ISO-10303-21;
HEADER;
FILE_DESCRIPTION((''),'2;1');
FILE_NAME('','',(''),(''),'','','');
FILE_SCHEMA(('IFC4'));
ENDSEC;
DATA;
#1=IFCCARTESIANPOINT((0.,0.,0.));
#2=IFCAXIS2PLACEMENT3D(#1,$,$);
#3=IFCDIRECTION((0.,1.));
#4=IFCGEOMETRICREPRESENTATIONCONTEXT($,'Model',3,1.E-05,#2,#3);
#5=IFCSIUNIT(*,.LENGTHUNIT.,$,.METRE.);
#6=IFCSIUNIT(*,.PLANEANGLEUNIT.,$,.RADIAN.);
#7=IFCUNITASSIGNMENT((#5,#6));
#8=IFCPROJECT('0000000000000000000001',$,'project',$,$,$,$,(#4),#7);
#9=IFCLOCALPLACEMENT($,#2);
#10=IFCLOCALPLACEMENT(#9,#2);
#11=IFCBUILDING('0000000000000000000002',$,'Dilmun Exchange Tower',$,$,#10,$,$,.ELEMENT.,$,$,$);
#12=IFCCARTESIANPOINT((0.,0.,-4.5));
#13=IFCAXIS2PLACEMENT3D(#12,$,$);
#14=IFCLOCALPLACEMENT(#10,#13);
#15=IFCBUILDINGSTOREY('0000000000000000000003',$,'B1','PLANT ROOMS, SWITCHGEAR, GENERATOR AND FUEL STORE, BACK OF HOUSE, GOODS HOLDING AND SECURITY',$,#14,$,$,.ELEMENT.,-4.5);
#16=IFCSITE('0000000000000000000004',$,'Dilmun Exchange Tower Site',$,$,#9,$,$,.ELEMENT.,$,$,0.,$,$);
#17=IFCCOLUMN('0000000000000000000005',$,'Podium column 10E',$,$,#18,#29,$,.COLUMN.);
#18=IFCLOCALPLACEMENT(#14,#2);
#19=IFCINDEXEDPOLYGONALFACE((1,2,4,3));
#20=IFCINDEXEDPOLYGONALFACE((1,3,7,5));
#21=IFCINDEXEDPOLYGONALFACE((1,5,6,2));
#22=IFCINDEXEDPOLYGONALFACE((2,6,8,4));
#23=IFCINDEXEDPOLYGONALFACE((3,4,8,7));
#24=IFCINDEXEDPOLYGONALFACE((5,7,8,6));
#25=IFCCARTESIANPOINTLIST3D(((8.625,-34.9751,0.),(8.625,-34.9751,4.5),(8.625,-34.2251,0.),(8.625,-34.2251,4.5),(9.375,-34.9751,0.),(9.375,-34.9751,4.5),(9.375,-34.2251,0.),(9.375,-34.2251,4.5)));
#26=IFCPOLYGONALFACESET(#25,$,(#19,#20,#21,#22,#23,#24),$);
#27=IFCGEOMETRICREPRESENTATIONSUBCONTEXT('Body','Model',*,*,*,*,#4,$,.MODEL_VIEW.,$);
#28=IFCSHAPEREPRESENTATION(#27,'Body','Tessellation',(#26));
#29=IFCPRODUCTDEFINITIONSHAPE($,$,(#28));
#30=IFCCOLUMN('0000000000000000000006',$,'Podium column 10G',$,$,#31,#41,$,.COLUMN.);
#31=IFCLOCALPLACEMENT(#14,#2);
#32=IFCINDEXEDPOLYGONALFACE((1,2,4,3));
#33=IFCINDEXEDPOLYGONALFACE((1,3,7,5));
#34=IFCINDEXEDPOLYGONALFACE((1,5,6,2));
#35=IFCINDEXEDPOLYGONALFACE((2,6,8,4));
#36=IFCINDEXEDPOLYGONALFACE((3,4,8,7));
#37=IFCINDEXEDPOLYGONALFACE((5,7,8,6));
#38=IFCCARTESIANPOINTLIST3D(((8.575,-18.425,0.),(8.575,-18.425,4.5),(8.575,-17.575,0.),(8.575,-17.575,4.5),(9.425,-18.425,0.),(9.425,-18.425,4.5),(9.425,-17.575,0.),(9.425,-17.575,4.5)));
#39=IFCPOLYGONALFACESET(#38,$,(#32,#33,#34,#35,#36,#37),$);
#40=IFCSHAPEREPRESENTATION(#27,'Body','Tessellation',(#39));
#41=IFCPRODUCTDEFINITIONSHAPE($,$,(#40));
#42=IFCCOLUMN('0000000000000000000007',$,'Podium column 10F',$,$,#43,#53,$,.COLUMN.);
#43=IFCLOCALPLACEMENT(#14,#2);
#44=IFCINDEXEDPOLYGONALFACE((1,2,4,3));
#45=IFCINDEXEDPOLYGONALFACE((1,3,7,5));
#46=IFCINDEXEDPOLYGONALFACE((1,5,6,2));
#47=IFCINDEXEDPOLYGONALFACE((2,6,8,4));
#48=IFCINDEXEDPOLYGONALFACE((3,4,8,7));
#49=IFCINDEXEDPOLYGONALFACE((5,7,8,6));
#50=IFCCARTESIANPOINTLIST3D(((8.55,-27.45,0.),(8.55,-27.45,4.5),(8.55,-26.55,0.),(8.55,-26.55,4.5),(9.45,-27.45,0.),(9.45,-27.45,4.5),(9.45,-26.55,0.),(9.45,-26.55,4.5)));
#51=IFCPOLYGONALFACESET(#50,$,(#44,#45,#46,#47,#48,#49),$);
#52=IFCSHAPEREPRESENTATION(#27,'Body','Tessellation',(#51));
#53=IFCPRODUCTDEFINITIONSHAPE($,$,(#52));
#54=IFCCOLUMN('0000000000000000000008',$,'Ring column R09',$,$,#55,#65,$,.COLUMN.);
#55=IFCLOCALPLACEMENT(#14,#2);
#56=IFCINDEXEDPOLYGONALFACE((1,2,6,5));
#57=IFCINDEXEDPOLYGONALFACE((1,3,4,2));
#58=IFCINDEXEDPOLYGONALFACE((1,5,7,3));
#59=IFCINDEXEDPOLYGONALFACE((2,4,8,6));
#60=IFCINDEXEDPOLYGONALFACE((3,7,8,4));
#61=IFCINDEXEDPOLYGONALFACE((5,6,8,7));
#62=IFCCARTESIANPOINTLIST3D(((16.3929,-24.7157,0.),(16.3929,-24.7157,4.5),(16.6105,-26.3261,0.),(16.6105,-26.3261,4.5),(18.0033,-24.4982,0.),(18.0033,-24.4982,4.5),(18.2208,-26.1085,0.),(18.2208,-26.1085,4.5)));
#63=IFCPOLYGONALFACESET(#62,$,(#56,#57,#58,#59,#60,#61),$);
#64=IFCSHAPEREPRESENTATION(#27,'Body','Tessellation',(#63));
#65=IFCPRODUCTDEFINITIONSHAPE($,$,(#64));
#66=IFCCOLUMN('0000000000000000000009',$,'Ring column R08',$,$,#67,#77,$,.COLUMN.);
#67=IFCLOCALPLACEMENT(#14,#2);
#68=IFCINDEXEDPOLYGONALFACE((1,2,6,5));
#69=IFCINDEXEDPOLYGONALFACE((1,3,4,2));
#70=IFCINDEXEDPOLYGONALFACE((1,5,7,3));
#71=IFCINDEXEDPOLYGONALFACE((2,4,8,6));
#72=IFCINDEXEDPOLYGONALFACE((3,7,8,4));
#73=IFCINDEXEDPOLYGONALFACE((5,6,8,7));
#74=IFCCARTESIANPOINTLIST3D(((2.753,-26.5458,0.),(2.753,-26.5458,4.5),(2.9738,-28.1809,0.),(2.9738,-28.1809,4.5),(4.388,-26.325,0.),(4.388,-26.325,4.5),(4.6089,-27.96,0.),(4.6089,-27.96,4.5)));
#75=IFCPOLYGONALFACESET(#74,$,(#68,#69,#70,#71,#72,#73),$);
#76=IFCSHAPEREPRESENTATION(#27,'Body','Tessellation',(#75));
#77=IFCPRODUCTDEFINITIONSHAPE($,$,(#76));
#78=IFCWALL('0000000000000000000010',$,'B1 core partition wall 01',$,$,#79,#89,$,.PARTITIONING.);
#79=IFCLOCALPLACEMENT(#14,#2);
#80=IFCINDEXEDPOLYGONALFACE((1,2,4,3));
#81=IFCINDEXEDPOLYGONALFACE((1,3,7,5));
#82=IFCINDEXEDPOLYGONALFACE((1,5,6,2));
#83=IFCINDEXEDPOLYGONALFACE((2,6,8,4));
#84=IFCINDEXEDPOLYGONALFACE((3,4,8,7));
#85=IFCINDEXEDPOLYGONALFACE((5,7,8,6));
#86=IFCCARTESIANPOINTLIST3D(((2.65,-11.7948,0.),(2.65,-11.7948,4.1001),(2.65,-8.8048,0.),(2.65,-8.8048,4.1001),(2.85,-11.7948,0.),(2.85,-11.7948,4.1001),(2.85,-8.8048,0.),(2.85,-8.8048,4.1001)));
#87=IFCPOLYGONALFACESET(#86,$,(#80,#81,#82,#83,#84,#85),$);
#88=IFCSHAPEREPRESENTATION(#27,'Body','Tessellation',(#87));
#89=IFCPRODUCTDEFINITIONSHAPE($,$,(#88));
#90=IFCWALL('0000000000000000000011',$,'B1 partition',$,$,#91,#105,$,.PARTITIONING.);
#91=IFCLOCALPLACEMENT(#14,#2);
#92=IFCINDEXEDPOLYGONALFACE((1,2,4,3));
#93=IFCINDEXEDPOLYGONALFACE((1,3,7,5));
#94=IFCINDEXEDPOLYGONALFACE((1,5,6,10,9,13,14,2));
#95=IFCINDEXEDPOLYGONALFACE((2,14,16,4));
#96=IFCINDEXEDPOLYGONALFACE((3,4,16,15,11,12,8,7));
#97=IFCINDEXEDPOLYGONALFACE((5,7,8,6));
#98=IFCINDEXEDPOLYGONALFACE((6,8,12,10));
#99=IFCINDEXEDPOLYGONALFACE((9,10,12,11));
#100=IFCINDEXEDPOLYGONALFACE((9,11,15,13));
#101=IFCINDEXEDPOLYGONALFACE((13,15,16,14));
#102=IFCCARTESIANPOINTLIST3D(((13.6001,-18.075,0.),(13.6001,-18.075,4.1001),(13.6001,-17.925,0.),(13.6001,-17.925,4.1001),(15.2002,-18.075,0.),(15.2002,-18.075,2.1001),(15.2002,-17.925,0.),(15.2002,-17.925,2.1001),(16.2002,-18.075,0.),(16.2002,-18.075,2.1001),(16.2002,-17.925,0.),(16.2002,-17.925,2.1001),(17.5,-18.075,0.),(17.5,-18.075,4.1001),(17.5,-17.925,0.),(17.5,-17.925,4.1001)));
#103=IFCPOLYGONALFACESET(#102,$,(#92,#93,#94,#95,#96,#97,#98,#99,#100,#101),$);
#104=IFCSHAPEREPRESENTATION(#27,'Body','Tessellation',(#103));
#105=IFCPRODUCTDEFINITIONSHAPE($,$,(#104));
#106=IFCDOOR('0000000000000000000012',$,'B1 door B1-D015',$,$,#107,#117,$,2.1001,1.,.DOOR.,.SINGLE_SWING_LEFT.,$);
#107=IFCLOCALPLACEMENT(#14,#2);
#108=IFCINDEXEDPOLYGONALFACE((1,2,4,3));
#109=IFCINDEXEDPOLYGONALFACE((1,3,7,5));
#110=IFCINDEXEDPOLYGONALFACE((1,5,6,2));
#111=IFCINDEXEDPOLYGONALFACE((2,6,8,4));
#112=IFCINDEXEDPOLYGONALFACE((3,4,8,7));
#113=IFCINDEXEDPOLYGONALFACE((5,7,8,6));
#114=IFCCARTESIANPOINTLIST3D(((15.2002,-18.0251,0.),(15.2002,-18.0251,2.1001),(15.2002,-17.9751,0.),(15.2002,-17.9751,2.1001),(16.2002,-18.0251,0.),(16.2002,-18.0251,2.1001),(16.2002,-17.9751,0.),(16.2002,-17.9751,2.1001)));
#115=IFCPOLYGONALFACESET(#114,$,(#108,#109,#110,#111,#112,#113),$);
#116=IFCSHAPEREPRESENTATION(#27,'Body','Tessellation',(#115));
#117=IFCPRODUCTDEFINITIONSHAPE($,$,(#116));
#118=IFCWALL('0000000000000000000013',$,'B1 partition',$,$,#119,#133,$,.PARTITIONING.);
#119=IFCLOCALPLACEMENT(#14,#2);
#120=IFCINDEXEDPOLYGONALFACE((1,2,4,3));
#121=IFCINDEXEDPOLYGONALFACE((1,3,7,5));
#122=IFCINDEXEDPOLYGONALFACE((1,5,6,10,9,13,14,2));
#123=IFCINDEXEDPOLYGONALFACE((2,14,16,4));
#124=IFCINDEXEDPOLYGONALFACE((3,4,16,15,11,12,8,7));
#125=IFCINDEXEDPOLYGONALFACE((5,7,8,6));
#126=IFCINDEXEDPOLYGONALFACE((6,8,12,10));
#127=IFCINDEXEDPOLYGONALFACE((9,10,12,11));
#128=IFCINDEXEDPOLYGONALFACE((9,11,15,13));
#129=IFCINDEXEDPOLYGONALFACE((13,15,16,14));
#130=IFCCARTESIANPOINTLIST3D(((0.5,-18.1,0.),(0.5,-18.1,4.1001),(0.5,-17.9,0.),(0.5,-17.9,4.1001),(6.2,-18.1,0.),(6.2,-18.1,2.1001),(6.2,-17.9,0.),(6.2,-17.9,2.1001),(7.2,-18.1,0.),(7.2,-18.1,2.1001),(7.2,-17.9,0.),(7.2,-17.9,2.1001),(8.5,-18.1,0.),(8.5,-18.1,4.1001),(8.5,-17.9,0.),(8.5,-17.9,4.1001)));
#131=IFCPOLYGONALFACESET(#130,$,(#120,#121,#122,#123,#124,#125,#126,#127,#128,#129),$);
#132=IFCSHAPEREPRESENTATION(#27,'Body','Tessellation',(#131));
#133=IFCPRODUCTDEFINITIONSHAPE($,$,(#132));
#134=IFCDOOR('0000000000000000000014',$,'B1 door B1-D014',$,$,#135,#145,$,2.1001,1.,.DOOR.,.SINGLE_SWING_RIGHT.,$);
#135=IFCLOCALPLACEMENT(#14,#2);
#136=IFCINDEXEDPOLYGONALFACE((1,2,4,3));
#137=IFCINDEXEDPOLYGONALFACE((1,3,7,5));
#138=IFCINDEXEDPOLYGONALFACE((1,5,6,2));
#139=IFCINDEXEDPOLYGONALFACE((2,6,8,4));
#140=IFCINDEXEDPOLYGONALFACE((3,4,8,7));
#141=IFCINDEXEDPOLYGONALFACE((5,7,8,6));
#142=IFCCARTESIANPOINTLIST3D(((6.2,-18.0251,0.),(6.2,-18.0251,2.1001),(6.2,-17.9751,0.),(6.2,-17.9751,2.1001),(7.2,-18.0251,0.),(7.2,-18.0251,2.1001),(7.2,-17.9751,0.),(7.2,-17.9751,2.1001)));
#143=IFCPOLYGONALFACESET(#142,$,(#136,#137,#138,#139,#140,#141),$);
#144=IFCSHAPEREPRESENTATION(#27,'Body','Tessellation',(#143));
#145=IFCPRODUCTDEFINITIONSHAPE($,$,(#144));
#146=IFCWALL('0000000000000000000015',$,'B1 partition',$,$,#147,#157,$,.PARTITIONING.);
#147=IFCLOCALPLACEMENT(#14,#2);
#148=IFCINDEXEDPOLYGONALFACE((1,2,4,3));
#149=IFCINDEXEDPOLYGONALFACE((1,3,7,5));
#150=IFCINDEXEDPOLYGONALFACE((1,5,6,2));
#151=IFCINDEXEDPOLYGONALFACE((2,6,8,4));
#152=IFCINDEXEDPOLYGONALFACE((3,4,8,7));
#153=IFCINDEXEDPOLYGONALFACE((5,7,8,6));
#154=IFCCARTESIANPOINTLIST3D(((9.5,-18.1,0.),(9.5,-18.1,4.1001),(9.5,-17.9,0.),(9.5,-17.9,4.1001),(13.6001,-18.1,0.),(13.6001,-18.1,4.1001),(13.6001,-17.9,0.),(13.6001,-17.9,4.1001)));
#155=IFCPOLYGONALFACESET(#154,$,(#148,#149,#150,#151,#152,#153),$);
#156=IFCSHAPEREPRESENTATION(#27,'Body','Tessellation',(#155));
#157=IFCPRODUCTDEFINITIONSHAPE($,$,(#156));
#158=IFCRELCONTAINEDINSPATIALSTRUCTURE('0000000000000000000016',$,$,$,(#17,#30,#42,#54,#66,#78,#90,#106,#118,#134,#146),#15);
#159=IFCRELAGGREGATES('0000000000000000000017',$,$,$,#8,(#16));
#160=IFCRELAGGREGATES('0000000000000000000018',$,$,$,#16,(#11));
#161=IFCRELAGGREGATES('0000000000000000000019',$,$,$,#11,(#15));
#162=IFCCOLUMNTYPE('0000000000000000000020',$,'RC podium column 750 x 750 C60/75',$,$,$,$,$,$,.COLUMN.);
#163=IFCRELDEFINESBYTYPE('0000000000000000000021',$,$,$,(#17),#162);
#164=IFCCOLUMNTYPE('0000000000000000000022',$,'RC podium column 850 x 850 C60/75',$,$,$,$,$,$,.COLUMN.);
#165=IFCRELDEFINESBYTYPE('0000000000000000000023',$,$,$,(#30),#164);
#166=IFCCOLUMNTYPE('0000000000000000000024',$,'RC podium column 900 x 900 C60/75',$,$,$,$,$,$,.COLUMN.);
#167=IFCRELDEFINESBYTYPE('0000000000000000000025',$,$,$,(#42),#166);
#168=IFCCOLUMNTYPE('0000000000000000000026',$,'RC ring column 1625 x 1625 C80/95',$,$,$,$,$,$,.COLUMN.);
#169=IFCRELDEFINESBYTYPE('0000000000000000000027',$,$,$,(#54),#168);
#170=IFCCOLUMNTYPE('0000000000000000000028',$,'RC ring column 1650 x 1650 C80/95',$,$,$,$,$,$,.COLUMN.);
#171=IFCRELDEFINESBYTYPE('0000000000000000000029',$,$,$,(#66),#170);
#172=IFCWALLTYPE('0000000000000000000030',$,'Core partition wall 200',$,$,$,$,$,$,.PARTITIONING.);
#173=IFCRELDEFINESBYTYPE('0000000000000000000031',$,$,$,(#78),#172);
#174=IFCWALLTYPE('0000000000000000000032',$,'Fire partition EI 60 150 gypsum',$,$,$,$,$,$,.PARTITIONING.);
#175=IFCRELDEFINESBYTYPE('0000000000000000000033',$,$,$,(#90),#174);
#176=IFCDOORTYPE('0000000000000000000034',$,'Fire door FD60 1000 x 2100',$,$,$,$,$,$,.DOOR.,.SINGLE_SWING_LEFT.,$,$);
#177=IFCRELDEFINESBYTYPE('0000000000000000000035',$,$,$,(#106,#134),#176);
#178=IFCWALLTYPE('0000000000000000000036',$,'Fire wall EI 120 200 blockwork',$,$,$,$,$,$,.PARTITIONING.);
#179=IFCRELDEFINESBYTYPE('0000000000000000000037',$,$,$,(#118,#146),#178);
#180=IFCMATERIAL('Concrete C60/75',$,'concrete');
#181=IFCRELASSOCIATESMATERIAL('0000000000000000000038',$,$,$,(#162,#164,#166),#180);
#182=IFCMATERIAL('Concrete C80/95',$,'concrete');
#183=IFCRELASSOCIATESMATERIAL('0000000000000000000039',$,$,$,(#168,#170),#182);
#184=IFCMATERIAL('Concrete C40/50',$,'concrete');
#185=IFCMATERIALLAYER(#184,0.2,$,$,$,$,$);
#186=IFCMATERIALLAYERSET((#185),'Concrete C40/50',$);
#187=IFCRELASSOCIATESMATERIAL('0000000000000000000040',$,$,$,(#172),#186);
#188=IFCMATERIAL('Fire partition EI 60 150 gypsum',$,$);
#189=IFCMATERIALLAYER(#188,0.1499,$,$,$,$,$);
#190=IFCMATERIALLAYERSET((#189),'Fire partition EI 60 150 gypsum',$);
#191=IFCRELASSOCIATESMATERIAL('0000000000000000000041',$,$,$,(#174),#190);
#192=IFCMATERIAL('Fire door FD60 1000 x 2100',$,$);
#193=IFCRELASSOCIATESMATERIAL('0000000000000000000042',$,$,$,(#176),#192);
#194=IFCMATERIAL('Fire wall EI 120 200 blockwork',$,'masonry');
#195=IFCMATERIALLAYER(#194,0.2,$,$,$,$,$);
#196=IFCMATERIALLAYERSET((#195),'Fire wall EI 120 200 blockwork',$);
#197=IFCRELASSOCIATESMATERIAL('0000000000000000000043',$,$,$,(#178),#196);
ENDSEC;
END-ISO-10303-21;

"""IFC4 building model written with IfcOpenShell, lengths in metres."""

from ifc_helpers import new_model, si_unit, direction, frame, frame_2d, origin, origin_2d, place, context, subcontext, project, spatial, rectangle, extrude, material, layer, layer_set, material_profile, profile_set, type_object, element, fill, save


model = new_model("IFC4")

# Units and contexts
model_context = context("Model", 3, precision=1e-05, world=origin(), true_north=direction((0.0, 1.0)))
body_context = subcontext(model_context, "Body", "Model", "MODEL_VIEW")
ifc_project = project(units=[si_unit("LENGTHUNIT", "METRE"), si_unit("PLANEANGLEUNIT", "RADIAN")], contexts=[model_context])

# Site, building, storey
site_placement = place(None, origin())
site = spatial("IfcSite", under=ifc_project, at=site_placement, Name="Dilmun Exchange Tower Site", CompositionType="ELEMENT", RefElevation=0.0)
building_placement = place(site_placement, origin())
building = spatial("IfcBuilding", under=site, at=building_placement, Name="Dilmun Exchange Tower", CompositionType="ELEMENT")
storey_placement = place(building_placement, frame((0.0, 0.0, -4.5)))
storey = spatial("IfcBuildingStorey", under=building, at=storey_placement, Name="B1", Description="PLANT ROOMS, SWITCHGEAR, GENERATOR AND FUEL STORE, BACK OF HOUSE, GOODS HOLDING AND SECURITY", CompositionType="ELEMENT", Elevation=-4.5)

# Columns
ifc_material_1 = material(Name="Concrete C60/75", Category="concrete")
ifc_material_profile_1 = material_profile(ifc_material_1, rectangle(XDim=0.75, YDim=0.75, at=origin_2d()), Name="750 x 750")
ifc_profile_set_1 = profile_set([ifc_material_profile_1], Name="Concrete C60/75")
column_type_1 = type_object("IfcColumnType", Name="RC podium column 750 x 750 C60/75", PredefinedType="COLUMN", material=ifc_profile_set_1)
column_1_placement = place(storey_placement, frame((9.0, -34.6001, 0.0), z_axis=(0.0, 0.0, 1.0), x_axis=(1.0, 0.0, 0.0)))
element("IfcColumn", 1, at=column_1_placement, inside=storey, type_object=column_type_1, Name="Podium column 10E", PredefinedType="COLUMN", context=body_context, shape_type="SweptSolid", body=[
    extrude(rectangle(XDim=0.75, YDim=0.75, at=origin_2d()), origin(), (0.0, 0.0, 1.0), 4.5),
])
ifc_material_profile_2 = material_profile(ifc_material_1, rectangle(XDim=0.8501, YDim=0.8501, at=origin_2d()), Name="850 x 850")
ifc_profile_set_2 = profile_set([ifc_material_profile_2], Name="Concrete C60/75")
column_type_2 = type_object("IfcColumnType", Name="RC podium column 850 x 850 C60/75", PredefinedType="COLUMN", material=ifc_profile_set_2)
column_2_placement = place(storey_placement, frame((9.0, -18.0, 0.0), z_axis=(0.0, 0.0, 1.0), x_axis=(1.0, 0.0, 0.0)))
element("IfcColumn", 2, at=column_2_placement, inside=storey, type_object=column_type_2, Name="Podium column 10G", PredefinedType="COLUMN", context=body_context, shape_type="SweptSolid", body=[
    extrude(rectangle(XDim=0.8501, YDim=0.8501, at=origin_2d()), origin(), (0.0, 0.0, 1.0), 4.5),
])
ifc_material_profile_3 = material_profile(ifc_material_1, rectangle(XDim=0.8999, YDim=0.8999, at=origin_2d()), Name="900 x 900")
ifc_profile_set_3 = profile_set([ifc_material_profile_3], Name="Concrete C60/75")
column_type_3 = type_object("IfcColumnType", Name="RC podium column 900 x 900 C60/75", PredefinedType="COLUMN", material=ifc_profile_set_3)
column_3_placement = place(storey_placement, frame((9.0, -27.0, 0.0), z_axis=(0.0, 0.0, 1.0), x_axis=(1.0, 0.0, 0.0)))
element("IfcColumn", 3, at=column_3_placement, inside=storey, type_object=column_type_3, Name="Podium column 10F", PredefinedType="COLUMN", context=body_context, shape_type="SweptSolid", body=[
    extrude(rectangle(XDim=0.8999, YDim=0.8999, at=origin_2d()), origin(), (0.0, 0.0, 1.0), 4.5),
])
ifc_material_2 = material(Name="Concrete C80/95", Category="concrete")
ifc_material_profile_4 = material_profile(ifc_material_2, rectangle(XDim=1.625, YDim=1.625, at=origin_2d()), Name="1625 x 1625")
ifc_profile_set_4 = profile_set([ifc_material_profile_4], Name="Concrete C80/95")
column_type_4 = type_object("IfcColumnType", Name="RC ring column 1625 x 1625 C80/95", PredefinedType="COLUMN", material=ifc_profile_set_4)
column_4_placement = place(storey_placement, frame((17.3069, -25.4121, 0.0), z_axis=(0.0, 0.0, 1.0), x_axis=(0.991001, 0.133853, 0.0)))
element("IfcColumn", 4, at=column_4_placement, inside=storey, type_object=column_type_4, Name="Ring column R09", PredefinedType="COLUMN", context=body_context, shape_type="SweptSolid", body=[
    extrude(rectangle(XDim=1.625, YDim=1.625, at=origin_2d()), origin(), (0.0, 0.0, 1.0), 4.5),
])
ifc_material_profile_5 = material_profile(ifc_material_2, rectangle(XDim=1.6499, YDim=1.6499, at=origin_2d()), Name="1650 x 1650")
ifc_profile_set_5 = profile_set([ifc_material_profile_5], Name="Concrete C80/95")
column_type_5 = type_object("IfcColumnType", Name="RC ring column 1650 x 1650 C80/95", PredefinedType="COLUMN", material=ifc_profile_set_5)
column_5_placement = place(storey_placement, frame((3.6809, -27.2529, 0.0), z_axis=(0.0, 0.0, 1.0), x_axis=(0.991001, 0.133853, 0.0)))
element("IfcColumn", 5, at=column_5_placement, inside=storey, type_object=column_type_5, Name="Ring column R08", PredefinedType="COLUMN", context=body_context, shape_type="SweptSolid", body=[
    extrude(rectangle(XDim=1.6499, YDim=1.6499, at=origin_2d()), origin(), (0.0, 0.0, 1.0), 4.5),
])

# Wall
ifc_material_3 = material(Name="Concrete C40/50", Category="concrete")
ifc_layer_1 = layer(ifc_material_3, 0.2)
ifc_layer_set_1 = layer_set([ifc_layer_1], Name="Concrete C40/50")
wall_type_1 = type_object("IfcWallType", Name="Core partition wall 200", PredefinedType="PARTITIONING", material=ifc_layer_set_1)
wall_1_placement = place(storey_placement, frame((2.75, -11.7949, 0.0), z_axis=(0.0, 0.0, 1.0), x_axis=(0.0, 1.0, 0.0)))
element("IfcWall", 6, at=wall_1_placement, inside=storey, type_object=wall_type_1, Name="B1 core partition wall 01", PredefinedType="PARTITIONING", context=body_context, shape_type="SweptSolid", body=[
    extrude(rectangle(XDim=2.99, YDim=0.2, at=frame_2d((1.4951, 0.0))), origin(), (0.0, 0.0, 1.0), 4.1001),
])

# Walls, openings, doors
ifc_material_4 = material(Name="Fire partition EI 60 150 gypsum")
ifc_layer_2 = layer(ifc_material_4, 0.1499)
ifc_layer_set_2 = layer_set([ifc_layer_2], Name="Fire partition EI 60 150 gypsum")
wall_type_2 = type_object("IfcWallType", Name="Fire partition EI 60 150 gypsum", PredefinedType="PARTITIONING", material=ifc_layer_set_2)
wall_2_placement = place(storey_placement, frame((13.6001, -18.0, 0.0), z_axis=(0.0, 0.0, 1.0), x_axis=(1.0, 0.0, 0.0)))
wall_2 = element("IfcWall", 7, at=wall_2_placement, inside=storey, type_object=wall_type_2, Name="B1 partition", PredefinedType="PARTITIONING", context=body_context, shape_type="SweptSolid", body=[
    extrude(rectangle(XDim=3.8999, YDim=0.1499, at=frame_2d((1.95, 0.0))), origin(), (0.0, 0.0, 1.0), 4.1001),
])
opening_1_placement = place(wall_2_placement, frame((1.6001, 0.0, 0.0)))
opening_1 = element("IfcOpeningElement", 8, at=opening_1_placement, cuts=wall_2, PredefinedType="OPENING", context=body_context, shape_type="SweptSolid", body=[
    extrude(rectangle(XDim=1.0, YDim=2.1001, at=frame_2d((0.5, 1.05))), frame((0.0, 0.085, 0.0), z_axis=(0.0, -1.0, 0.0), x_axis=(1.0, 0.0, 0.0)), (0.0, 0.0, 1.0), 0.1699),
])
ifc_material_5 = material(Name="Fire door FD60 1000 x 2100")
door_type_1 = type_object("IfcDoorType", Name="Fire door FD60 1000 x 2100", OperationType="SINGLE_SWING_LEFT", PredefinedType="DOOR", material=ifc_material_5)
door_1_placement = place(opening_1_placement, origin())
door_1 = element("IfcDoor", 9, at=door_1_placement, inside=storey, type_object=door_type_1, Name="B1 door B1-D015", OperationType="SINGLE_SWING_LEFT", OverallHeight=2.1001, OverallWidth=1.0, PredefinedType="DOOR", context=body_context, shape_type="SweptSolid", body=[
    extrude(rectangle(XDim=1.0, YDim=2.1001, at=frame_2d((0.5, 1.05))), frame((0.0, 0.0249, 0.0), z_axis=(0.0, -1.0, 0.0), x_axis=(1.0, 0.0, 0.0)), (0.0, 0.0, 1.0), 0.05),
])
fill(opening_1, door_1)
ifc_material_6 = material(Name="Fire wall EI 120 200 blockwork", Category="masonry")
ifc_layer_3 = layer(ifc_material_6, 0.2)
ifc_layer_set_3 = layer_set([ifc_layer_3], Name="Fire wall EI 120 200 blockwork")
wall_type_3 = type_object("IfcWallType", Name="Fire wall EI 120 200 blockwork", PredefinedType="PARTITIONING", material=ifc_layer_set_3)
wall_3_placement = place(storey_placement, frame((0.5, -18.0, 0.0), z_axis=(0.0, 0.0, 1.0), x_axis=(1.0, 0.0, 0.0)))
wall_3 = element("IfcWall", 10, at=wall_3_placement, inside=storey, type_object=wall_type_3, Name="B1 partition", PredefinedType="PARTITIONING", context=body_context, shape_type="SweptSolid", body=[
    extrude(rectangle(XDim=8.0, YDim=0.2, at=frame_2d((4.0, 0.0))), origin(), (0.0, 0.0, 1.0), 4.1001),
])
opening_2_placement = place(wall_3_placement, frame((5.7, 0.0, 0.0)))
opening_2 = element("IfcOpeningElement", 11, at=opening_2_placement, cuts=wall_3, PredefinedType="OPENING", context=body_context, shape_type="SweptSolid", body=[
    extrude(rectangle(XDim=1.0, YDim=2.1001, at=frame_2d((0.5, 1.05))), frame((0.0, 0.1099, 0.0), z_axis=(0.0, -1.0, 0.0), x_axis=(1.0, 0.0, 0.0)), (0.0, 0.0, 1.0), 0.22),
])
door_2_placement = place(opening_2_placement, origin())
door_2 = element("IfcDoor", 12, at=door_2_placement, inside=storey, type_object=door_type_1, Name="B1 door B1-D014", OperationType="SINGLE_SWING_RIGHT", OverallHeight=2.1001, OverallWidth=1.0, PredefinedType="DOOR", context=body_context, shape_type="SweptSolid", body=[
    extrude(rectangle(XDim=1.0, YDim=2.1001, at=frame_2d((0.5, 1.05))), frame((0.0, 0.0249, 0.0), z_axis=(0.0, -1.0, 0.0), x_axis=(1.0, 0.0, 0.0)), (0.0, 0.0, 1.0), 0.05),
])
fill(opening_2, door_2)

# Wall
wall_4_placement = place(storey_placement, frame((9.5, -18.0, 0.0), z_axis=(0.0, 0.0, 1.0), x_axis=(1.0, 0.0, 0.0)))
element("IfcWall", 13, at=wall_4_placement, inside=storey, type_object=wall_type_3, Name="B1 partition", PredefinedType="PARTITIONING", context=body_context, shape_type="SweptSolid", body=[
    extrude(rectangle(XDim=4.1001, YDim=0.2, at=frame_2d((2.05, 0.0))), origin(), (0.0, 0.0, 1.0), 4.1001),
])

save(model, "model.ifc")
